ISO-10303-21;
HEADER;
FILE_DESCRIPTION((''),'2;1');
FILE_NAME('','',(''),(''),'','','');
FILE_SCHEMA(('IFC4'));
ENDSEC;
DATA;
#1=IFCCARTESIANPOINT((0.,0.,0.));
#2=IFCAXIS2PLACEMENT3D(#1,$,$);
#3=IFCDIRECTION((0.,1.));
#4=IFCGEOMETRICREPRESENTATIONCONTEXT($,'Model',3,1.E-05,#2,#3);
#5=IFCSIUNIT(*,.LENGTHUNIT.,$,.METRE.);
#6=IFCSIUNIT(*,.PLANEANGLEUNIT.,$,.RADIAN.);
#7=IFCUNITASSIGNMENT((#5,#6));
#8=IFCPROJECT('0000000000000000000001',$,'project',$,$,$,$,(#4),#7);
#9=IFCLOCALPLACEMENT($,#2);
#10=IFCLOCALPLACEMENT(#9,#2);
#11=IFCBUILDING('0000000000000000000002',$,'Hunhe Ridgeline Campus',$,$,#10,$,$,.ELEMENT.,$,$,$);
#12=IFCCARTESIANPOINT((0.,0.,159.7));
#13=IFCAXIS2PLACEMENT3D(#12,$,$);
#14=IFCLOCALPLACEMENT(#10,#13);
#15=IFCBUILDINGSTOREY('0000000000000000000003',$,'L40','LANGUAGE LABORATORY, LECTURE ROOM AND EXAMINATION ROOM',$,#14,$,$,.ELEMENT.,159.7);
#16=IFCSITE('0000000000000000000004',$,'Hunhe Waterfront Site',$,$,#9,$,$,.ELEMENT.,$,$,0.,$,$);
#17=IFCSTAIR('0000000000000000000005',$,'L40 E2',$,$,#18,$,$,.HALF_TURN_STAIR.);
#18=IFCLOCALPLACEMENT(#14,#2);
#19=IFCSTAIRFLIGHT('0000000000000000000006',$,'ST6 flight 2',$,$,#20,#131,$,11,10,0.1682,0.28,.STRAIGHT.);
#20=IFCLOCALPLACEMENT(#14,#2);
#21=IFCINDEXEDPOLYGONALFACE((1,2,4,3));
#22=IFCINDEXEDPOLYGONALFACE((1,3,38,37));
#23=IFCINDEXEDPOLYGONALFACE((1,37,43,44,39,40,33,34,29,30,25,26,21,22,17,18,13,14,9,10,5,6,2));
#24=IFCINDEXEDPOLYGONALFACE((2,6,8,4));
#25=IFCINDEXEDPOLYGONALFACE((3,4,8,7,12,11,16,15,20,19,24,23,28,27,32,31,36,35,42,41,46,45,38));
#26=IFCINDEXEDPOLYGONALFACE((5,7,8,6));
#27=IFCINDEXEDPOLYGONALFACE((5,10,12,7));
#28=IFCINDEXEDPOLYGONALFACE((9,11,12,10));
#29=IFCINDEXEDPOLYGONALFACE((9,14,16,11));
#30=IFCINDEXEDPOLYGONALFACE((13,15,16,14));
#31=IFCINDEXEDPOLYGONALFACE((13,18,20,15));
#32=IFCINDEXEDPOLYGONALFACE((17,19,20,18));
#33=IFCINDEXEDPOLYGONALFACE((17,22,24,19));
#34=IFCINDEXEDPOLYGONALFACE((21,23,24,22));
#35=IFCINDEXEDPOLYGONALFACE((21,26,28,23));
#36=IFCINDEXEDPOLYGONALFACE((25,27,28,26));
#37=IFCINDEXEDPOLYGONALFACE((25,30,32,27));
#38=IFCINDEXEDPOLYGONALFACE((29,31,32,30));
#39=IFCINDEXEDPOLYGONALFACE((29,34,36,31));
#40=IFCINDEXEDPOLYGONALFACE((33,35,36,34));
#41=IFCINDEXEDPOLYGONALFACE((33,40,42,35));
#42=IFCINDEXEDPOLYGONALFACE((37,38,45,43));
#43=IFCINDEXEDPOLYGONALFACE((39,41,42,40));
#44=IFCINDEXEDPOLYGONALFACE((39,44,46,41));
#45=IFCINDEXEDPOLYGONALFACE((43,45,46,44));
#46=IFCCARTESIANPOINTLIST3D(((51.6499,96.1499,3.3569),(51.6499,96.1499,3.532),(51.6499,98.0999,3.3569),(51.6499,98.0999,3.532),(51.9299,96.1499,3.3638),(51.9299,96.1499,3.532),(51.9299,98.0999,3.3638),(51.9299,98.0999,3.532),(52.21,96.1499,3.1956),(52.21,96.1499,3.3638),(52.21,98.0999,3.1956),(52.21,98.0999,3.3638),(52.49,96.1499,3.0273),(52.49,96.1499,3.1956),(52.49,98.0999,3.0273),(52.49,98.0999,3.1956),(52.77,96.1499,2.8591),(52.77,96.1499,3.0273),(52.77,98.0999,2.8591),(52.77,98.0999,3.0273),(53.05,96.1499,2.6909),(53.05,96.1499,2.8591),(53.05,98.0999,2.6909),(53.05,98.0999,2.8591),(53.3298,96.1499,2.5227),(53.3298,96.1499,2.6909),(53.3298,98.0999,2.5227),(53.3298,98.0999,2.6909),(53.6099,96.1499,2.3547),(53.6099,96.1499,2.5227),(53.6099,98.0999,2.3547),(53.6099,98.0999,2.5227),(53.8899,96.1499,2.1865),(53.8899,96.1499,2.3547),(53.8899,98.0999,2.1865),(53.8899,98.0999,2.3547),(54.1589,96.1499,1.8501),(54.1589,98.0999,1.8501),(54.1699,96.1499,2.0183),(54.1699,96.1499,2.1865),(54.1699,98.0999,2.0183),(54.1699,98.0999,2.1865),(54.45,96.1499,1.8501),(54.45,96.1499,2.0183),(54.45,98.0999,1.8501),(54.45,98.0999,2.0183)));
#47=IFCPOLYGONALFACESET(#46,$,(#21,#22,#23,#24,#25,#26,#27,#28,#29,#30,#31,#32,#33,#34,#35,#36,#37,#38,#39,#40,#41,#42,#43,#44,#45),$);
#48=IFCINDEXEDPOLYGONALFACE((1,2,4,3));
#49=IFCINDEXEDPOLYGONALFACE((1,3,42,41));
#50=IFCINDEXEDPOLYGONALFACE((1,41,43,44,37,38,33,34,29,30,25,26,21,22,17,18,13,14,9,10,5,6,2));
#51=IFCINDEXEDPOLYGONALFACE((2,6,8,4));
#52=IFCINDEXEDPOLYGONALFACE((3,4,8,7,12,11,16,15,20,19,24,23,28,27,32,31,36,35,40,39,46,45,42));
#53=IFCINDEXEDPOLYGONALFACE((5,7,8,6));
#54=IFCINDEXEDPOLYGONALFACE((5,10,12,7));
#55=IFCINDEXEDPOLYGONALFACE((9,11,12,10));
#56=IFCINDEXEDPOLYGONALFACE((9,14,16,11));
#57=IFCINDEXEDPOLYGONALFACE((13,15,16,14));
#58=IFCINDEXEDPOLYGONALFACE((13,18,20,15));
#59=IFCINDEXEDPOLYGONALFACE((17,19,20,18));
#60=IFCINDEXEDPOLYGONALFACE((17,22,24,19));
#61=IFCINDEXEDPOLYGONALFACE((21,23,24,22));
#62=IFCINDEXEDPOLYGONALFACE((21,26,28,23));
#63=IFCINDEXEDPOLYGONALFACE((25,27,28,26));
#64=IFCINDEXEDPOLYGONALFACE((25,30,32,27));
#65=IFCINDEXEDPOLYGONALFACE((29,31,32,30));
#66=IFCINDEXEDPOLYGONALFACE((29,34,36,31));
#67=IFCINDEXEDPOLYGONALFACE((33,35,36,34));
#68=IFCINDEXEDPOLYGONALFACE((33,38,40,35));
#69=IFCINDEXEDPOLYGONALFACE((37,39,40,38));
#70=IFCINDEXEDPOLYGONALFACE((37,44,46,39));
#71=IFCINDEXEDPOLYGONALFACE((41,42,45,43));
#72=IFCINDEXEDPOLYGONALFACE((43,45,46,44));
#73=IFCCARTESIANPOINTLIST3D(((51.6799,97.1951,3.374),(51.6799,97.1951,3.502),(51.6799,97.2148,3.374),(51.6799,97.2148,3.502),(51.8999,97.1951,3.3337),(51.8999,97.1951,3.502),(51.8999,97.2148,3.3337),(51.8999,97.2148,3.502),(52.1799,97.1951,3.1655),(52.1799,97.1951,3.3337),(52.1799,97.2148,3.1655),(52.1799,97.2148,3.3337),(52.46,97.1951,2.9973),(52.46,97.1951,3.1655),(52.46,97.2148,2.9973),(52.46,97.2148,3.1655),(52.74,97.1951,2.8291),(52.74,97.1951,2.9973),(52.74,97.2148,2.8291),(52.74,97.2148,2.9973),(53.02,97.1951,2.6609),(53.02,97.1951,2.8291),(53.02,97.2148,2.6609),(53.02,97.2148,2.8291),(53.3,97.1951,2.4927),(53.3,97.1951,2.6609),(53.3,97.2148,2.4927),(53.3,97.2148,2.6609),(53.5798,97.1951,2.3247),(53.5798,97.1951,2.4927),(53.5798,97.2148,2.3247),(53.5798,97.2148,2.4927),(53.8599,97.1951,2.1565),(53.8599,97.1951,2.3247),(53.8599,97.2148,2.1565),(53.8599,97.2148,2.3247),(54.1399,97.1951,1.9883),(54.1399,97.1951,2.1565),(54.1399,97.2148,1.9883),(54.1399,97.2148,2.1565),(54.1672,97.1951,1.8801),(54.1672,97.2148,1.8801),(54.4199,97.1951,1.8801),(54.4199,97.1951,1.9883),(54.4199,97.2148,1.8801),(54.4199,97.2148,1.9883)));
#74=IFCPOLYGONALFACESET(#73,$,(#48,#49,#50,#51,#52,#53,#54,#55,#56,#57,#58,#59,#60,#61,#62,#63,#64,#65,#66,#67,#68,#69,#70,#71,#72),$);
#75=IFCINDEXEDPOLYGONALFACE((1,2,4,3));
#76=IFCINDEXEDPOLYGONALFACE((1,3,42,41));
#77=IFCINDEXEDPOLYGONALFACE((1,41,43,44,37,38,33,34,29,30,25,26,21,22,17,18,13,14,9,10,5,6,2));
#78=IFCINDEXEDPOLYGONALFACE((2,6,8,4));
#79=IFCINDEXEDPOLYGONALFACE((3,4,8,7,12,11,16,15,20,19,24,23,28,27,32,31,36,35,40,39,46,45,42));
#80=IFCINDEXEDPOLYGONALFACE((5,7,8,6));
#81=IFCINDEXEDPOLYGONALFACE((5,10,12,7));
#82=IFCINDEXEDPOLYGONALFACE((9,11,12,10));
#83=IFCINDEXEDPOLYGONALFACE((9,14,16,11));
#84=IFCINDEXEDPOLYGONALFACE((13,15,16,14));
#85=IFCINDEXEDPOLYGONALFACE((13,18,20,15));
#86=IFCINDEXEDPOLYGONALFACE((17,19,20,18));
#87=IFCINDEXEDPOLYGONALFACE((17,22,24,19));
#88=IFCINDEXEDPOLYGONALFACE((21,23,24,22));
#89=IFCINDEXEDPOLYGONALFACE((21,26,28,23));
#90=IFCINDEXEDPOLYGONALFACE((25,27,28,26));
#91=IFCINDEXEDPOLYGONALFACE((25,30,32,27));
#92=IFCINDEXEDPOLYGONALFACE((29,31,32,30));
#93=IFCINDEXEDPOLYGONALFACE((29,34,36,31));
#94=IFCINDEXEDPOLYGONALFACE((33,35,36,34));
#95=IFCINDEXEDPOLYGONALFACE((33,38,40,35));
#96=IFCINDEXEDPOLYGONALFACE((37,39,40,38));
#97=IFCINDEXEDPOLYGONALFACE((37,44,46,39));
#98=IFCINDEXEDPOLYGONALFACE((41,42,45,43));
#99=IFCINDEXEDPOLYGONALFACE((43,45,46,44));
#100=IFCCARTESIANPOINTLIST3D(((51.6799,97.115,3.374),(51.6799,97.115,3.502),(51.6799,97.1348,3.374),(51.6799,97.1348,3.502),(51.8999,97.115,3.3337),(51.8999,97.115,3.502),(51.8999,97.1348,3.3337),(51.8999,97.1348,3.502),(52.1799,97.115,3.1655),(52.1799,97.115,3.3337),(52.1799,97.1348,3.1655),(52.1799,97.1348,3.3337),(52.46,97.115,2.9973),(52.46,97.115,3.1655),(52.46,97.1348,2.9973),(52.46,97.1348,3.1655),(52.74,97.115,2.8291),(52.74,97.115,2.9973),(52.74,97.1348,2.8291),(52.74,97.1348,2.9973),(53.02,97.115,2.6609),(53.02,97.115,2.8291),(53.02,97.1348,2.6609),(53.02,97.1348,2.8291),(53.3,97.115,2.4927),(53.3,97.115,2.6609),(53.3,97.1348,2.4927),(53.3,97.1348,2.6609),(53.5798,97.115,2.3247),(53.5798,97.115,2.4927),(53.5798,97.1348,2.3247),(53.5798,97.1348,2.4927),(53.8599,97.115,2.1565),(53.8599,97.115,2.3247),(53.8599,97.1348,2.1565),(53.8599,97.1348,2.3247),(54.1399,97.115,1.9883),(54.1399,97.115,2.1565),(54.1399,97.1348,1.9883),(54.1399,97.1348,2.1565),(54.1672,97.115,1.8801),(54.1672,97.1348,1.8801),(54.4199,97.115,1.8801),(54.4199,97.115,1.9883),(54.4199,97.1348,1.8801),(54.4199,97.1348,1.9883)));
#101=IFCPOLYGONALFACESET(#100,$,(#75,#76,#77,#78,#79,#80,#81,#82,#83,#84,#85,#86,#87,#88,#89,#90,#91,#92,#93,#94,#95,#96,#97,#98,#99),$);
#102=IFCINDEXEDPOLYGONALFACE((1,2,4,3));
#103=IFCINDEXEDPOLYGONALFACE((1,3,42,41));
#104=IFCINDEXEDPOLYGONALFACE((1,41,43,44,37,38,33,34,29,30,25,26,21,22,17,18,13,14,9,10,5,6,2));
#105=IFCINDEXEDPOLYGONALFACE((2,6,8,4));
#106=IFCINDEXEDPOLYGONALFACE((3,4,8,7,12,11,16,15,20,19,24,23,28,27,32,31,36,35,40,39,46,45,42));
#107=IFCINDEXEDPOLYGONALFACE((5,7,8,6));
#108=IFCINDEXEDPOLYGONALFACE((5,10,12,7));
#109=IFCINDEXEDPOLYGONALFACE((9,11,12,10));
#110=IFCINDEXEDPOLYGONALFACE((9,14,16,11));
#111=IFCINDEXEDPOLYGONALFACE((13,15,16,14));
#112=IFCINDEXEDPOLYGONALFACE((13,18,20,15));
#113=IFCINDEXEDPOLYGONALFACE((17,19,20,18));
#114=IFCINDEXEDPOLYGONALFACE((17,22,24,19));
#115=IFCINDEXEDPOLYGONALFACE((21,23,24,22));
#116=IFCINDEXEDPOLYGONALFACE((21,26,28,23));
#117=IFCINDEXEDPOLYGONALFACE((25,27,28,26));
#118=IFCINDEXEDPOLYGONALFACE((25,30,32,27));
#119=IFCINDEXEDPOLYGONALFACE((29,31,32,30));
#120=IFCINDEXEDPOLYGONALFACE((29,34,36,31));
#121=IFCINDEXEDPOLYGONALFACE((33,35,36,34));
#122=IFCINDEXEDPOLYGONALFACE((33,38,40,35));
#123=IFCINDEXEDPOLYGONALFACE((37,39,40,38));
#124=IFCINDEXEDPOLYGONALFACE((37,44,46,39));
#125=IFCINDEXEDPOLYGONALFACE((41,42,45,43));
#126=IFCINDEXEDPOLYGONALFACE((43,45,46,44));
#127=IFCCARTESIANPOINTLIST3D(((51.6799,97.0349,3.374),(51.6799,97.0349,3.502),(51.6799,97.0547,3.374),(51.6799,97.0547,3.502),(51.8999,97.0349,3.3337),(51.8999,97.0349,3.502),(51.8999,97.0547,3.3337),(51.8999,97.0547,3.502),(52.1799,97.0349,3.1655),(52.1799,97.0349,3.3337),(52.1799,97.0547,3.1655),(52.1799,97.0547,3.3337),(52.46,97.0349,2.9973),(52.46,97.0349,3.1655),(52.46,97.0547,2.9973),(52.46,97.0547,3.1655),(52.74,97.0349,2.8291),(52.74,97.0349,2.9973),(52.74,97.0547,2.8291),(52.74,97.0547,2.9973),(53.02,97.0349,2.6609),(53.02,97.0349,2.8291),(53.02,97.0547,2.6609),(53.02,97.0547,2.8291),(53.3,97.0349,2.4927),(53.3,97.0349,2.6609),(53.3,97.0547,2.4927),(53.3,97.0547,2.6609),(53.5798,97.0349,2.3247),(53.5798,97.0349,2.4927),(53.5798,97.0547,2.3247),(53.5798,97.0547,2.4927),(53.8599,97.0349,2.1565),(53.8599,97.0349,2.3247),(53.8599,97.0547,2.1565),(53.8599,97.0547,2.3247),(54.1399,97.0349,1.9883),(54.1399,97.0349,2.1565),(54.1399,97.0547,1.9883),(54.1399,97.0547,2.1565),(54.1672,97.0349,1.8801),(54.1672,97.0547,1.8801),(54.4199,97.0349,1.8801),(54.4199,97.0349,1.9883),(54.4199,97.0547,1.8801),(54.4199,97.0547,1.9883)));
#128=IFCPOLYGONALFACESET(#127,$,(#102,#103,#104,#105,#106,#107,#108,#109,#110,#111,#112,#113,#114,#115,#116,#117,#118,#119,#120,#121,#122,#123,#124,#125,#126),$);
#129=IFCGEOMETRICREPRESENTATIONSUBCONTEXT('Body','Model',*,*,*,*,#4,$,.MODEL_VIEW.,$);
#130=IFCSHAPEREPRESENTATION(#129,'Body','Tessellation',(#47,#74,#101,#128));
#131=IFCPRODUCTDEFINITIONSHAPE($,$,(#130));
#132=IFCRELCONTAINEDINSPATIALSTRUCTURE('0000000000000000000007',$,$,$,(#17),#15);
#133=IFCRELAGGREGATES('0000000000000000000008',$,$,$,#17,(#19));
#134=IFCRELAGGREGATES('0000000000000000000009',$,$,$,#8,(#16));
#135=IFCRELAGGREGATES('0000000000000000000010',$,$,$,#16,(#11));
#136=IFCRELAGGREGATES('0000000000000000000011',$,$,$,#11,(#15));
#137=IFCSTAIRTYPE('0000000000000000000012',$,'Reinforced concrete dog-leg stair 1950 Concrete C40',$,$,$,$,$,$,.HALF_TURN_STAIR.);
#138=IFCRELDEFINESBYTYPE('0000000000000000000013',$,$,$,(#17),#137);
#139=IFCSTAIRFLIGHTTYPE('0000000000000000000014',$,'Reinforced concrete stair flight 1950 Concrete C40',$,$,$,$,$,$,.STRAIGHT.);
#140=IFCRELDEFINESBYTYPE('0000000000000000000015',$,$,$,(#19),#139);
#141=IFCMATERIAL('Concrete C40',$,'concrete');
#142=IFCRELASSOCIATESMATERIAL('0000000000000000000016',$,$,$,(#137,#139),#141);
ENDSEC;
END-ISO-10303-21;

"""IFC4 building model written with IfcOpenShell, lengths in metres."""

from ifc_helpers import new_model, si_unit, direction, frame, origin, place, context, subcontext, project, spatial, polyline, outline, extrude, material, type_object, element, aggregate, save


model = new_model("IFC4")

# Units and contexts
model_context = context("Model", 3, precision=1e-05, world=origin(), true_north=direction((0.0, 1.0)))
body_context = subcontext(model_context, "Body", "Model", "MODEL_VIEW")
ifc_project = project(units=[si_unit("LENGTHUNIT", "METRE"), si_unit("PLANEANGLEUNIT", "RADIAN")], contexts=[model_context])

# Site, building, storey
site_placement = place(None, origin())
site = spatial("IfcSite", under=ifc_project, at=site_placement, Name="Hunhe Waterfront Site", CompositionType="ELEMENT", RefElevation=0.0)
building_placement = place(site_placement, origin())
building = spatial("IfcBuilding", under=site, at=building_placement, Name="Hunhe Ridgeline Campus", CompositionType="ELEMENT")
storey_placement = place(building_placement, frame((0.0, 0.0, 159.7)))
storey = spatial("IfcBuildingStorey", under=building, at=storey_placement, Name="L40", Description="LANGUAGE LABORATORY, LECTURE ROOM AND EXAMINATION ROOM", CompositionType="ELEMENT", Elevation=159.7)

# Shared definitions
ifc_material_1 = material(Name="Concrete C40", Category="concrete")
stair_type = type_object("IfcStairType", Name="Reinforced concrete dog-leg stair 1950 Concrete C40", PredefinedType="HALF_TURN_STAIR", material=ifc_material_1)
stair_flight_type = type_object("IfcStairFlightType", Name="Reinforced concrete stair flight 1950 Concrete C40", PredefinedType="STRAIGHT", material=ifc_material_1)

# Stair, stair flight
stair_1_placement = place(storey_placement, origin())
stair_1 = element("IfcStair", 1, at=stair_1_placement, inside=storey, type_object=stair_type, Name="L40 E2", PredefinedType="HALF_TURN_STAIR")
stair_flight_1_placement = place(storey_placement, frame((54.45, 97.125, 1.8501), z_axis=(0.0, 0.0, 1.0), x_axis=(-1.0, 0.0, 0.0)))
stair_flight_1 = element("IfcStairFlight", 2, at=stair_flight_1_placement, type_object=stair_flight_type, Name="ST6 flight 2", NumberOfRisers=11, NumberOfTreads=10, PredefinedType="STRAIGHT", RiserHeight=0.1682, TreadLength=0.28, context=body_context, shape_type="SweptSolid", body=[
    extrude(outline(polyline([(0.0, 0.0), (0.0, 0.1682), (0.28, 0.1682), (0.28, 0.3364), (0.5601, 0.3364), (0.5601, 0.5046), (0.8401, 0.5046), (0.8401, 0.6726), (1.1201, 0.6726), (1.1201, 0.8408), (1.3999, 0.8408), (1.3999, 1.009), (1.6799, 1.009), (1.6799, 1.1772), (1.96, 1.1772), (1.96, 1.3455), (2.24, 1.3455), (2.24, 1.5137), (2.52, 1.5137), (2.52, 1.6819), (2.8, 1.6819), (2.8, 1.8501), (2.8, 1.5068), (0.291, 0.0), (0.0, 0.0)])), frame((0.0, 0.9751, 0.0), z_axis=(0.0, -1.0, 0.0), x_axis=(1.0, 0.0, 0.0)), (0.0, 0.0, 1.0), 1.95),
    extrude(outline(polyline([(0.03, 0.03), (0.03, 0.1382), (0.3101, 0.1382), (0.3101, 0.3064), (0.5901, 0.3064), (0.5901, 0.4746), (0.8701, 0.4746), (0.8701, 0.6426), (1.1499, 0.6426), (1.1499, 0.8108), (1.4299, 0.8108), (1.4299, 0.979), (1.71, 0.979), (1.71, 1.1472), (1.99, 1.1472), (1.99, 1.3154), (2.27, 1.3154), (2.27, 1.4836), (2.55, 1.4836), (2.55, 1.6519), (2.77, 1.6519), (2.77, 1.5239), (0.2827, 0.03), (0.03, 0.03)])), frame((0.0, -0.0701, 0.0), z_axis=(0.0, -1.0, 0.0), x_axis=(1.0, 0.0, 0.0)), (0.0, 0.0, 1.0), 0.0198),
    extrude(outline(polyline([(0.03, 0.03), (0.03, 0.1382), (0.3101, 0.1382), (0.3101, 0.3064), (0.5901, 0.3064), (0.5901, 0.4746), (0.8701, 0.4746), (0.8701, 0.6426), (1.1499, 0.6426), (1.1499, 0.8108), (1.4299, 0.8108), (1.4299, 0.979), (1.71, 0.979), (1.71, 1.1472), (1.99, 1.1472), (1.99, 1.3154), (2.27, 1.3154), (2.27, 1.4836), (2.55, 1.4836), (2.55, 1.6519), (2.77, 1.6519), (2.77, 1.5239), (0.2827, 0.03), (0.03, 0.03)])), frame((0.0, 0.01, 0.0), z_axis=(0.0, -1.0, 0.0), x_axis=(1.0, 0.0, 0.0)), (0.0, 0.0, 1.0), 0.0198),
    extrude(outline(polyline([(0.03, 0.03), (0.03, 0.1382), (0.3101, 0.1382), (0.3101, 0.3064), (0.5901, 0.3064), (0.5901, 0.4746), (0.8701, 0.4746), (0.8701, 0.6426), (1.1499, 0.6426), (1.1499, 0.8108), (1.4299, 0.8108), (1.4299, 0.979), (1.71, 0.979), (1.71, 1.1472), (1.99, 1.1472), (1.99, 1.3154), (2.27, 1.3154), (2.27, 1.4836), (2.55, 1.4836), (2.55, 1.6519), (2.77, 1.6519), (2.77, 1.5239), (0.2827, 0.03), (0.03, 0.03)])), frame((0.0, 0.0901, 0.0), z_axis=(0.0, -1.0, 0.0), x_axis=(1.0, 0.0, 0.0)), (0.0, 0.0, 1.0), 0.0198),
])
aggregate(stair_1, [stair_flight_1])

save(model, "model.ifc")
